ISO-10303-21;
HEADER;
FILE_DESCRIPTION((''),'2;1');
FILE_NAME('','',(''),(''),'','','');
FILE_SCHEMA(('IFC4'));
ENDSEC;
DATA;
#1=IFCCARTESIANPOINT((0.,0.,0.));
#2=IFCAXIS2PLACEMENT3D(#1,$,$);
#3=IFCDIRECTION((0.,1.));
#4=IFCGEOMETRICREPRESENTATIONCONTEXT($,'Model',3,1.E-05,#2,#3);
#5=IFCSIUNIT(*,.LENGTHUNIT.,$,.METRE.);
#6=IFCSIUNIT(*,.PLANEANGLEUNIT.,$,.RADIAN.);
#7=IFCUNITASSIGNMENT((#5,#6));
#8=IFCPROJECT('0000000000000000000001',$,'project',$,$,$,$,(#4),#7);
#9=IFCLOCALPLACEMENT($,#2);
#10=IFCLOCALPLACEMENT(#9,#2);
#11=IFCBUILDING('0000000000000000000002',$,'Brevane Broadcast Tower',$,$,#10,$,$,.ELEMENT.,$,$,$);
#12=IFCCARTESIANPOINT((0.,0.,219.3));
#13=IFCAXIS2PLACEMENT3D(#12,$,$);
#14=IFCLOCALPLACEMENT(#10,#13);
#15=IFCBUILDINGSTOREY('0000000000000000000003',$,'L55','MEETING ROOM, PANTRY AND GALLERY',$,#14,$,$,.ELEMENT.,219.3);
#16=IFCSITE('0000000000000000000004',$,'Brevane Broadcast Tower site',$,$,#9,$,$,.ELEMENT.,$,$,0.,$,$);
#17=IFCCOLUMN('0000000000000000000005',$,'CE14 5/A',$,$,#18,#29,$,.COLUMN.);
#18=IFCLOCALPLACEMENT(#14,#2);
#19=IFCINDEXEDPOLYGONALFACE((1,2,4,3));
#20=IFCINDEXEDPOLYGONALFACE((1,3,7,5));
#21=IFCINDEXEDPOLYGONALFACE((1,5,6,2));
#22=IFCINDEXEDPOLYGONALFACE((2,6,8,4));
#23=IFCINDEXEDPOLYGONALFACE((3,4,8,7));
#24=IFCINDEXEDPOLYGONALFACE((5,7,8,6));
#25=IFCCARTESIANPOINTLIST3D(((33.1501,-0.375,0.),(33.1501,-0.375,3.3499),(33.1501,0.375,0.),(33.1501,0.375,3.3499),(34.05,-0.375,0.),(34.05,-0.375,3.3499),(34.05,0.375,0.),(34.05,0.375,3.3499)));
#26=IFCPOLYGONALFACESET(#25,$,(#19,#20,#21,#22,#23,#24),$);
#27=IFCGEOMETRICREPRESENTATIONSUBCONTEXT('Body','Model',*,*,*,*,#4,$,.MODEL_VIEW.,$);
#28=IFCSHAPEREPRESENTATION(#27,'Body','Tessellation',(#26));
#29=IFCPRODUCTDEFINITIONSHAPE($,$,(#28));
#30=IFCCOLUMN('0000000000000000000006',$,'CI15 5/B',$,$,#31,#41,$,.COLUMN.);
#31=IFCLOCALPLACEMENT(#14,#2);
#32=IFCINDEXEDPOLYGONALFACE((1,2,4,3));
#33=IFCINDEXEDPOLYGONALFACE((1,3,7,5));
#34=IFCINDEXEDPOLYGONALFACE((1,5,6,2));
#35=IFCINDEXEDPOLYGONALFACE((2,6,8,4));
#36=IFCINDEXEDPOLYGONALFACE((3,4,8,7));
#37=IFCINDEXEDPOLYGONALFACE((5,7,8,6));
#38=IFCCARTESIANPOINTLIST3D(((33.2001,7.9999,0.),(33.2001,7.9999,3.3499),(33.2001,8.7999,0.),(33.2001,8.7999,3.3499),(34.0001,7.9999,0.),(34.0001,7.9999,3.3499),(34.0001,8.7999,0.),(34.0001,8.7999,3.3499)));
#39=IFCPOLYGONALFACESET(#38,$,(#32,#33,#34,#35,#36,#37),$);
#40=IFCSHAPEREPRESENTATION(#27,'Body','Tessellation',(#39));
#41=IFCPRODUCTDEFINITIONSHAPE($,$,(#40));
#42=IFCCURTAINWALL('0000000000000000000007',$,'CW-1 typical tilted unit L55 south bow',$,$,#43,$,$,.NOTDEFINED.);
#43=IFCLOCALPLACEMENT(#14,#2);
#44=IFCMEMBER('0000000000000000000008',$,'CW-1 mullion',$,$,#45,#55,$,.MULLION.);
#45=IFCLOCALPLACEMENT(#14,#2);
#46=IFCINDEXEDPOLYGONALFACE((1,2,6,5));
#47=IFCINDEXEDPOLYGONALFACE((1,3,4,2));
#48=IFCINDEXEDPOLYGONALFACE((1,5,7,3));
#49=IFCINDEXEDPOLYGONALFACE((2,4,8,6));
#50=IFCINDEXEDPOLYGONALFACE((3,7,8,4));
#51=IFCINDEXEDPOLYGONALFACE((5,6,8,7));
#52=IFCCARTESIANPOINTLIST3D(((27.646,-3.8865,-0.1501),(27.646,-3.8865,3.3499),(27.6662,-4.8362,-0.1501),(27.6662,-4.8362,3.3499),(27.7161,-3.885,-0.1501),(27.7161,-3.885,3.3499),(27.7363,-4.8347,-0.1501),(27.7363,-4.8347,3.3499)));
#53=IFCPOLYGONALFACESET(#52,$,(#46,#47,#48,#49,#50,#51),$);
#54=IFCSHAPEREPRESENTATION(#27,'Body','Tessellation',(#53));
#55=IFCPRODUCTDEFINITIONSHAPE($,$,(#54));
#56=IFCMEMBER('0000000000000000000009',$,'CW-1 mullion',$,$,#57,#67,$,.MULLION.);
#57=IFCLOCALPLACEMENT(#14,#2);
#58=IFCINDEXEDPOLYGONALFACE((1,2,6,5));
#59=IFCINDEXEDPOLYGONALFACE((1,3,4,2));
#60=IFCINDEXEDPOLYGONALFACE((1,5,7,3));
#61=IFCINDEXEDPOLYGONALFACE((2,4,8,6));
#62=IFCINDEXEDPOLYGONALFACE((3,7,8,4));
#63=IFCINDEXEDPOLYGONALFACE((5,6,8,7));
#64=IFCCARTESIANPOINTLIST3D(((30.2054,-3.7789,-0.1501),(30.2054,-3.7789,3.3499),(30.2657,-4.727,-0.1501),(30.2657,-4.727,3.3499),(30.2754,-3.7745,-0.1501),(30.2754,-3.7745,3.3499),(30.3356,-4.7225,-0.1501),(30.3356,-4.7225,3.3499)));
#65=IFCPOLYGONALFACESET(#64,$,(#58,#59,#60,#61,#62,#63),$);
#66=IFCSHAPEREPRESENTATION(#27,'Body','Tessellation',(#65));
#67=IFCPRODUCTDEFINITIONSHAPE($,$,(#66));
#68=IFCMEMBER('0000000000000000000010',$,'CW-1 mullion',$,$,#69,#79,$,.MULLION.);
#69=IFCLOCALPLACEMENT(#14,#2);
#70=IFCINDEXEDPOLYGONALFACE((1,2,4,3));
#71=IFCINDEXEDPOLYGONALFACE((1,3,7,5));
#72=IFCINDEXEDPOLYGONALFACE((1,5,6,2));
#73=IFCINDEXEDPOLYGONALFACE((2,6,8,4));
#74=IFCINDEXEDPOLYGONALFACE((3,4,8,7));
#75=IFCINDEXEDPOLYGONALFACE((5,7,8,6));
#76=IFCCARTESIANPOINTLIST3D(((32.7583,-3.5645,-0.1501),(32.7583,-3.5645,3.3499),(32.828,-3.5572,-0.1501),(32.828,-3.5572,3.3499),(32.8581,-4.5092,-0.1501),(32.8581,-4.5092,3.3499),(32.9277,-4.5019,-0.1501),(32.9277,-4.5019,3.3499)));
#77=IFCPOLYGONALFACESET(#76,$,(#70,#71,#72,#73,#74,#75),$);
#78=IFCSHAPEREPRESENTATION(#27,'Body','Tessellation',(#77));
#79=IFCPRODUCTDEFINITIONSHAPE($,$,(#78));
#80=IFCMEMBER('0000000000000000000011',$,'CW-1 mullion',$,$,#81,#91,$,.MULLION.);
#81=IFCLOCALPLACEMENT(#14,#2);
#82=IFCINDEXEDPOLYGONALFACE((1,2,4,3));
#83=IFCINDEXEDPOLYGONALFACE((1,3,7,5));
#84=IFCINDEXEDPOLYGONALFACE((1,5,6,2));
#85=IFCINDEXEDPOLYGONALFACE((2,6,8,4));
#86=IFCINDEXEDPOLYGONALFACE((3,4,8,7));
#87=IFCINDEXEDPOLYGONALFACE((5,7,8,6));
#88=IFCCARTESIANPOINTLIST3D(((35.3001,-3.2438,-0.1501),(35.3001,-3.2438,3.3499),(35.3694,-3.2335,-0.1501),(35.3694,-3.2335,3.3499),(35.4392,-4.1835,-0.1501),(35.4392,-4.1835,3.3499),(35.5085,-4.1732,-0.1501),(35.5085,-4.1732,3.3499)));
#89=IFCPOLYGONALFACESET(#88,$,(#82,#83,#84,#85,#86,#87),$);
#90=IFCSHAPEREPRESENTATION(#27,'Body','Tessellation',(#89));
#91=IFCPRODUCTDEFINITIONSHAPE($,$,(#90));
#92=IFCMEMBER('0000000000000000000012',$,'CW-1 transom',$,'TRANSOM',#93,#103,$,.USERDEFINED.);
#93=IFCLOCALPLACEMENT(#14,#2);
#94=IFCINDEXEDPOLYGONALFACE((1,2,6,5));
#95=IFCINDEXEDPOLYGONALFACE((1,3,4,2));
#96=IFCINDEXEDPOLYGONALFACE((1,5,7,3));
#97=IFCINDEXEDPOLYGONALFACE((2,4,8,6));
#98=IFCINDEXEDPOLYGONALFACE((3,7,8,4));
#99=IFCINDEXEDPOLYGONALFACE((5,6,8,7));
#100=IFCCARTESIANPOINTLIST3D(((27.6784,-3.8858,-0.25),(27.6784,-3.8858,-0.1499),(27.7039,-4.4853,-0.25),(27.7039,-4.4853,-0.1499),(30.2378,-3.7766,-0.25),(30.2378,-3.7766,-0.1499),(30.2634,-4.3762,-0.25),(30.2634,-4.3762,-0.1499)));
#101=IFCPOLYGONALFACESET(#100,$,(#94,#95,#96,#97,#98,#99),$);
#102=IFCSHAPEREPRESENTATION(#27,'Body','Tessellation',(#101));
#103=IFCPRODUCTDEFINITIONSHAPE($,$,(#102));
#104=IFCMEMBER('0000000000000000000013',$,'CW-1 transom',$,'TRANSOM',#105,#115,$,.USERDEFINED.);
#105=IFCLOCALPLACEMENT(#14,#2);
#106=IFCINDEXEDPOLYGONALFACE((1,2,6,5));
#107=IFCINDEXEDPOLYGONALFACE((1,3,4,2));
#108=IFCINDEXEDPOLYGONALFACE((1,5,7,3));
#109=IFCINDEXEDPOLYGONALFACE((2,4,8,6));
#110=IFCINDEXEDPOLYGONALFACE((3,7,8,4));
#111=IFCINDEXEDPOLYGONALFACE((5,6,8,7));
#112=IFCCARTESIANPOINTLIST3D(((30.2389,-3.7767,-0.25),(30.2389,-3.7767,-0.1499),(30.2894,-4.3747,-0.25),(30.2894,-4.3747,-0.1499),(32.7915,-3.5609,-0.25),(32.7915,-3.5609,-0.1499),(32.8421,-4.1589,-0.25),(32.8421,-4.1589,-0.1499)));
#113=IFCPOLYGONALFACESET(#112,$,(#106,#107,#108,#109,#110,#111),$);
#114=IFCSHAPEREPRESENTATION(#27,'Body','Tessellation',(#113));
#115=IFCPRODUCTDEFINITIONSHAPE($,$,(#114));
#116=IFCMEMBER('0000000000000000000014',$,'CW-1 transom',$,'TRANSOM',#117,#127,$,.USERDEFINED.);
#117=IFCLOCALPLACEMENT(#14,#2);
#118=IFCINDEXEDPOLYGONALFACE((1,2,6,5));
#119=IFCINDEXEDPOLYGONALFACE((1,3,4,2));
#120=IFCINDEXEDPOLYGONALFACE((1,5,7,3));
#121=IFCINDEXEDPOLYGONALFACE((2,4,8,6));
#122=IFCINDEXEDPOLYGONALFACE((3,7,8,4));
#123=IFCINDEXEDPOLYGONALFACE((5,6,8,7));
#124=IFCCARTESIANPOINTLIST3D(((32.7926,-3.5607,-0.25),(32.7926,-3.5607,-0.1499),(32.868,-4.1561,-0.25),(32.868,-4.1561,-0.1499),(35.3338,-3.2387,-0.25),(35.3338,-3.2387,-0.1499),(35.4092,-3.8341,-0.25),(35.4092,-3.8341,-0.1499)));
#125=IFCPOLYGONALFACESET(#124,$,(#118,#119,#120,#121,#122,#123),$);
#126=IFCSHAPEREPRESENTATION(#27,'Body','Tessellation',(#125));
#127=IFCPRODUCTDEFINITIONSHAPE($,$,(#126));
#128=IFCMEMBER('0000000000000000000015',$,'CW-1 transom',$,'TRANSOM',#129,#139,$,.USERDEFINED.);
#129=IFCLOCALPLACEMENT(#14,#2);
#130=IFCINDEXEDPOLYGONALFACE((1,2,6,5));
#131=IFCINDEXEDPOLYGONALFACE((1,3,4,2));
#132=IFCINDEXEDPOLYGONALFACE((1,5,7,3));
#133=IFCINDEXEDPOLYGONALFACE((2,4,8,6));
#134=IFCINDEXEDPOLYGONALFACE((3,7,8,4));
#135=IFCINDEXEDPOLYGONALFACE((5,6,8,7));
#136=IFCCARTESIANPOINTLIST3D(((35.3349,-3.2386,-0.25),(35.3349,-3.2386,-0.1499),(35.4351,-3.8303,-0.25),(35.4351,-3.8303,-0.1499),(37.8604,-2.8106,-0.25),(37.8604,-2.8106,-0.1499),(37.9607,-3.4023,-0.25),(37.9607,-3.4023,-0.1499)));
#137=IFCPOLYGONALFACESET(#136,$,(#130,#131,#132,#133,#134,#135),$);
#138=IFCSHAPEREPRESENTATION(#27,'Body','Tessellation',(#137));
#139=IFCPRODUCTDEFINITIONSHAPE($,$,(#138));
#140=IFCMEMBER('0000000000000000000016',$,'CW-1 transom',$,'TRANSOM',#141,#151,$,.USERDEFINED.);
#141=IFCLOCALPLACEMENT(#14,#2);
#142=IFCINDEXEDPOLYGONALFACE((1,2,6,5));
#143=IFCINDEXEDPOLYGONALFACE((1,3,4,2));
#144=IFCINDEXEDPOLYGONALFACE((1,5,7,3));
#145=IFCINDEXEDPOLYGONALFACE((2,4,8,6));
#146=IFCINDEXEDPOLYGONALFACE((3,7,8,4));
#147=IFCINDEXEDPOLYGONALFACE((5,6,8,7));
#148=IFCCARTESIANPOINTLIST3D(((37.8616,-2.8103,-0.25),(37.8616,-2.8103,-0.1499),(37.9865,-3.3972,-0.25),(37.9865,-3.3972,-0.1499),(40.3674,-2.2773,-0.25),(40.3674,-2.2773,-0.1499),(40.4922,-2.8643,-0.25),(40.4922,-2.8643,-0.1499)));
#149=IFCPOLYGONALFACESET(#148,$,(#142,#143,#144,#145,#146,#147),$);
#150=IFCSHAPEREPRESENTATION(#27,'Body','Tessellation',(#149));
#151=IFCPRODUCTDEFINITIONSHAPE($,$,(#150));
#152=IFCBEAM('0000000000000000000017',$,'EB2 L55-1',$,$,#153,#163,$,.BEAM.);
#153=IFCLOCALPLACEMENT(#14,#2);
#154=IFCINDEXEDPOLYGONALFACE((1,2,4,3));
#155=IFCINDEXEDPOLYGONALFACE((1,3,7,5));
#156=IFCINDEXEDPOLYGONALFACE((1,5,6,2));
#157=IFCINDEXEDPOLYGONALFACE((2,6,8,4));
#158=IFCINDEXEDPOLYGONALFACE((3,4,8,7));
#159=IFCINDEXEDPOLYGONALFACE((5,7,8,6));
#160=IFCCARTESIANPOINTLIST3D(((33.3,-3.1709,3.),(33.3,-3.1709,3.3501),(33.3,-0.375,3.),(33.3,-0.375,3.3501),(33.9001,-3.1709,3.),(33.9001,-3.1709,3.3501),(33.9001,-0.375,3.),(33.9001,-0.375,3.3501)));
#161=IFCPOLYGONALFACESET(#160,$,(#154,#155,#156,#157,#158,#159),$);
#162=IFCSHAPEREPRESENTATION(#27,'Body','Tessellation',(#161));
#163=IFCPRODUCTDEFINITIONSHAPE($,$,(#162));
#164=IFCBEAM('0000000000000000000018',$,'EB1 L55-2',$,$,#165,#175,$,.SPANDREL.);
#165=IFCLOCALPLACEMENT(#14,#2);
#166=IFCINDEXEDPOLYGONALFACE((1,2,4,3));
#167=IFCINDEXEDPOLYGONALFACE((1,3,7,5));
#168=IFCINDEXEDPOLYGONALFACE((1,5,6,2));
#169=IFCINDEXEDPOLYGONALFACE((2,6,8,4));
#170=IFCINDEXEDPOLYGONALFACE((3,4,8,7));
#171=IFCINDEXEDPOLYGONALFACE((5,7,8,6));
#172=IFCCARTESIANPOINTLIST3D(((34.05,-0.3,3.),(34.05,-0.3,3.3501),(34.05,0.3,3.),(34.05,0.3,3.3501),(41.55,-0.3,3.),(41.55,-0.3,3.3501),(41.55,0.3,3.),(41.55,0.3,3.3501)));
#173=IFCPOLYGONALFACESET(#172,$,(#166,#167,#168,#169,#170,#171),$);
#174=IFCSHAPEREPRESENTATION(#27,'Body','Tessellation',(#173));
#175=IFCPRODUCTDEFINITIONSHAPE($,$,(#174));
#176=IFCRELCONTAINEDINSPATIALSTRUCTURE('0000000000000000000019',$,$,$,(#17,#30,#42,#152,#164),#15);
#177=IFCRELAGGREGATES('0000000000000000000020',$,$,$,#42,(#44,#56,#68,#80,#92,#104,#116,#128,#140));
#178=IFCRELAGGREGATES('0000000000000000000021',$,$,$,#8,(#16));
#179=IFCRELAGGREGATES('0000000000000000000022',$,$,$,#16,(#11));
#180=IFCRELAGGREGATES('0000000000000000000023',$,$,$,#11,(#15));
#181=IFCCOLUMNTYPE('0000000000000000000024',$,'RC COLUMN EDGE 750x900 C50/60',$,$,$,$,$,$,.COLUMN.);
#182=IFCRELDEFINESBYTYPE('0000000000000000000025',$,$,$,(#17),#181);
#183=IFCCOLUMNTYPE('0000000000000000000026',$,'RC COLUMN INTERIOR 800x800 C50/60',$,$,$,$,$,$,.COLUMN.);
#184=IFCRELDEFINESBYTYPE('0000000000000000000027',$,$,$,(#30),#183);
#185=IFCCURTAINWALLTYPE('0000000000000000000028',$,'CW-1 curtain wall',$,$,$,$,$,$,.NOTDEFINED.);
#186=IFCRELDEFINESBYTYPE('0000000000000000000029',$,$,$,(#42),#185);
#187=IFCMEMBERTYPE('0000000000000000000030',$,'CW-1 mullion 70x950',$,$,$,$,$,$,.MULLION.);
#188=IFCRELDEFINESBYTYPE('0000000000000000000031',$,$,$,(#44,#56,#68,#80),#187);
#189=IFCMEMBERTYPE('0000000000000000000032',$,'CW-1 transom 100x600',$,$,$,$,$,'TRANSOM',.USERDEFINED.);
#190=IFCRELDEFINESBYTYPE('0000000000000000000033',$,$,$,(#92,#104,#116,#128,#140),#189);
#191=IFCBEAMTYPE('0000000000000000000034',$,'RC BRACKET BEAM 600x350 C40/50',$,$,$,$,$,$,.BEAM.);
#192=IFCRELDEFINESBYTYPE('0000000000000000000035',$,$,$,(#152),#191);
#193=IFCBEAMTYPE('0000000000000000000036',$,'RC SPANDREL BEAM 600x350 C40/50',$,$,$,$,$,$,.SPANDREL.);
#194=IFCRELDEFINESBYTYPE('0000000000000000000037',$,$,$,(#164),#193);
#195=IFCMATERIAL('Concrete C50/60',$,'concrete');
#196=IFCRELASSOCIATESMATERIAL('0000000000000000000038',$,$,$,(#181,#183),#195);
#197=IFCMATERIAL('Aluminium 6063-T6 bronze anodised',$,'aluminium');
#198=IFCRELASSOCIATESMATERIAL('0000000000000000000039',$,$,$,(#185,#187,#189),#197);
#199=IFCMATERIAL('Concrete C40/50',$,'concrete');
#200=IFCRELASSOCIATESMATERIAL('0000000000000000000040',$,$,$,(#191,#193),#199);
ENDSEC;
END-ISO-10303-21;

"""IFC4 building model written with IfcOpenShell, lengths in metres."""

from ifc_helpers import new_model, si_unit, direction, frame, origin, origin_2d, place, context, subcontext, project, spatial, rectangle, extrude, material, material_profile, profile_set, type_object, element, aggregate, save


model = new_model("IFC4")

# Units and contexts
model_context = context("Model", 3, precision=1e-05, world=origin(), true_north=direction((0.0, 1.0)))
body_context = subcontext(model_context, "Body", "Model", "MODEL_VIEW")
ifc_project = project(units=[si_unit("LENGTHUNIT", "METRE"), si_unit("PLANEANGLEUNIT", "RADIAN")], contexts=[model_context])

# Site, building, storey
site_placement = place(None, origin())
site = spatial("IfcSite", under=ifc_project, at=site_placement, Name="Brevane Broadcast Tower site", CompositionType="ELEMENT", RefElevation=0.0)
building_placement = place(site_placement, origin())
building = spatial("IfcBuilding", under=site, at=building_placement, Name="Brevane Broadcast Tower", CompositionType="ELEMENT")
storey_placement = place(building_placement, frame((0.0, 0.0, 219.3)))
storey = spatial("IfcBuildingStorey", under=building, at=storey_placement, Name="L55", Description="MEETING ROOM, PANTRY AND GALLERY", CompositionType="ELEMENT", Elevation=219.3)

# Columns
ifc_material_1 = material(Name="Concrete C50/60", Category="concrete")
ifc_material_profile_1 = material_profile(ifc_material_1, rectangle(XDim=0.75, YDim=0.8999, at=origin_2d()), Name="RC 750x900")
ifc_profile_set_1 = profile_set([ifc_material_profile_1], Name="Concrete C50/60")
column_type_1 = type_object("IfcColumnType", Name="RC COLUMN EDGE 750x900 C50/60", PredefinedType="COLUMN", material=ifc_profile_set_1)
column_1_placement = place(storey_placement, frame((33.6001, 0.0, 0.0), z_axis=(0.0, 0.0, 1.0), x_axis=(0.0, 1.0, 0.0)))
element("IfcColumn", 1, at=column_1_placement, inside=storey, type_object=column_type_1, Name="CE14 5/A", PredefinedType="COLUMN", context=body_context, shape_type="SweptSolid", body=[
    extrude(rectangle(XDim=0.75, YDim=0.8999, at=origin_2d()), origin(), (0.0, 0.0, 1.0), 3.3499),
])
ifc_material_profile_2 = material_profile(ifc_material_1, rectangle(XDim=0.8, YDim=0.8, at=origin_2d()), Name="RC 800x800")
ifc_profile_set_2 = profile_set([ifc_material_profile_2], Name="Concrete C50/60")
column_type_2 = type_object("IfcColumnType", Name="RC COLUMN INTERIOR 800x800 C50/60", PredefinedType="COLUMN", material=ifc_profile_set_2)
column_2_placement = place(storey_placement, frame((33.6001, 8.3999, 0.0), z_axis=(0.0, 0.0, 1.0), x_axis=(1.0, 0.0, 0.0)))
element("IfcColumn", 2, at=column_2_placement, inside=storey, type_object=column_type_2, Name="CI15 5/B", PredefinedType="COLUMN", context=body_context, shape_type="SweptSolid", body=[
    extrude(rectangle(XDim=0.8, YDim=0.8, at=origin_2d()), origin(), (0.0, 0.0, 1.0), 3.3499),
])

# Curtain wall, members
ifc_material_2 = material(Name="Aluminium 6063-T6 bronze anodised", Category="aluminium")
curtain_wall_type = type_object("IfcCurtainWallType", Name="CW-1 curtain wall", PredefinedType="NOTDEFINED", material=ifc_material_2)
curtain_wall_placement = place(storey_placement, origin())
curtain_wall = element("IfcCurtainWall", 3, at=curtain_wall_placement, inside=storey, type_object=curtain_wall_type, Name="CW-1 typical tilted unit L55 south bow", PredefinedType="NOTDEFINED")
ifc_material_profile_3 = material_profile(ifc_material_2, rectangle(XDim=0.95, YDim=0.0701, at=origin_2d()), Name="RECT 70x950")
ifc_profile_set_3 = profile_set([ifc_material_profile_3], Name="Aluminium 6063-T6 bronze anodised")
member_type_1 = type_object("IfcMemberType", Name="CW-1 mullion 70x950", PredefinedType="MULLION", material=ifc_profile_set_3)
member_1_placement = place(storey_placement, frame((27.6912, -4.3606, -0.1501), z_axis=(0.0, 0.0, 1.0), x_axis=(-0.021282, 0.999774, 0.0)))
member_1 = element("IfcMember", 4, at=member_1_placement, type_object=member_type_1, Name="CW-1 mullion", PredefinedType="MULLION", context=body_context, shape_type="SweptSolid", body=[
    extrude(rectangle(XDim=0.95, YDim=0.0701, at=origin_2d()), origin(), (0.0, 0.0, 1.0), 3.5),
])
member_2_placement = place(storey_placement, frame((30.2705, -4.2507, -0.1501), z_axis=(0.0, 0.0, 1.0), x_axis=(-0.063406, 0.997988, 0.0)))
member_2 = element("IfcMember", 5, at=member_2_placement, type_object=member_type_1, Name="CW-1 mullion", PredefinedType="MULLION", context=body_context, shape_type="SweptSolid", body=[
    extrude(rectangle(XDim=0.95, YDim=0.0701, at=origin_2d()), origin(), (0.0, 0.0, 1.0), 3.5),
])
member_3_placement = place(storey_placement, frame((32.843, -4.0332, -0.1501), z_axis=(0.0, 0.0, 1.0), x_axis=(-0.105018, 0.99447, 0.0)))
member_3 = element("IfcMember", 6, at=member_3_placement, type_object=member_type_1, Name="CW-1 mullion", PredefinedType="MULLION", context=body_context, shape_type="SweptSolid", body=[
    extrude(rectangle(XDim=0.95, YDim=0.0701, at=origin_2d()), origin(), (0.0, 0.0, 1.0), 3.5),
])
member_4_placement = place(storey_placement, frame((35.4043, -3.7085, -0.1501), z_axis=(0.0, 0.0, 1.0), x_axis=(-0.146447, 0.989218, 0.0)))
member_4 = element("IfcMember", 7, at=member_4_placement, type_object=member_type_1, Name="CW-1 mullion", PredefinedType="MULLION", context=body_context, shape_type="SweptSolid", body=[
    extrude(rectangle(XDim=0.95, YDim=0.0701, at=origin_2d()), origin(), (0.0, 0.0, 1.0), 3.5),
])
ifc_material_profile_4 = material_profile(ifc_material_2, rectangle(XDim=0.6001, YDim=0.1001, at=origin_2d()), Name="RECT 100x600")
ifc_profile_set_4 = profile_set([ifc_material_profile_4], Name="Aluminium 6063-T6 bronze anodised")
member_type_2 = type_object("IfcMemberType", Name="CW-1 transom 100x600", ElementType="TRANSOM", PredefinedType="USERDEFINED", material=ifc_profile_set_4)
member_5_placement = place(storey_placement, frame((27.6912, -4.1855, -0.2), z_axis=(0.999092, 0.042602, 0.0), x_axis=(-0.042602, 0.999092, 0.0)))
member_5 = element("IfcMember", 8, at=member_5_placement, type_object=member_type_2, Name="CW-1 transom", ObjectType="TRANSOM", PredefinedType="USERDEFINED", context=body_context, shape_type="SweptSolid", body=[
    extrude(rectangle(XDim=0.6001, YDim=0.1001, at=origin_2d()), origin(), (0.0, 0.0, 1.0), 2.5618),
])
member_6_placement = place(storey_placement, frame((30.2642, -4.0757, -0.2), z_axis=(0.996445, 0.084244, 0.0), x_axis=(-0.084244, 0.996445, 0.0)))
member_6 = element("IfcMember", 9, at=member_6_placement, type_object=member_type_2, Name="CW-1 transom", ObjectType="TRANSOM", PredefinedType="USERDEFINED", context=body_context, shape_type="SweptSolid", body=[
    extrude(rectangle(XDim=0.6001, YDim=0.1001, at=origin_2d()), origin(), (0.0, 0.0, 1.0), 2.5618),
])
member_7_placement = place(storey_placement, frame((32.8303, -3.8584, -0.2), z_axis=(0.992067, 0.125712, 0.0), x_axis=(-0.125712, 0.992067, 0.0)))
member_7 = element("IfcMember", 10, at=member_7_placement, type_object=member_type_2, Name="CW-1 transom", ObjectType="TRANSOM", PredefinedType="USERDEFINED", context=body_context, shape_type="SweptSolid", body=[
    extrude(rectangle(XDim=0.6001, YDim=0.1001, at=origin_2d()), origin(), (0.0, 0.0, 1.0), 2.5615),
])
member_8_placement = place(storey_placement, frame((35.385, -3.5344, -0.2), z_axis=(0.985945, 0.167072, 0.0), x_axis=(-0.167072, 0.985945, 0.0)))
member_8 = element("IfcMember", 11, at=member_8_placement, type_object=member_type_2, Name="CW-1 transom", ObjectType="TRANSOM", PredefinedType="USERDEFINED", context=body_context, shape_type="SweptSolid", body=[
    extrude(rectangle(XDim=0.6001, YDim=0.1001, at=origin_2d()), origin(), (0.0, 0.0, 1.0), 2.5615),
])
member_9_placement = place(storey_placement, frame((37.9241, -3.1038, -0.2), z_axis=(0.978118, 0.208051, 0.0), x_axis=(-0.208051, 0.978118, 0.0)))
member_9 = element("IfcMember", 12, at=member_9_placement, type_object=member_type_2, Name="CW-1 transom", ObjectType="TRANSOM", PredefinedType="USERDEFINED", context=body_context, shape_type="SweptSolid", body=[
    extrude(rectangle(XDim=0.6001, YDim=0.1001, at=origin_2d()), origin(), (0.0, 0.0, 1.0), 2.5618),
])
aggregate(curtain_wall, [member_1, member_2, member_3, member_4, member_5, member_6, member_7, member_8, member_9])

# Beams
ifc_material_3 = material(Name="Concrete C40/50", Category="concrete")
ifc_material_profile_5 = material_profile(ifc_material_3, rectangle(XDim=0.6001, YDim=0.3501, at=origin_2d()), Name="RC 600x350")
ifc_profile_set_5 = profile_set([ifc_material_profile_5], Name="Concrete C40/50")
beam_type_1 = type_object("IfcBeamType", Name="RC BRACKET BEAM 600x350 C40/50", PredefinedType="BEAM", material=ifc_profile_set_5)
beam_1_placement = place(storey_placement, frame((33.6001, -0.375, 3.175), z_axis=(0.0, -1.0, 0.0), x_axis=(1.0, 0.0, 0.0)))
element("IfcBeam", 13, at=beam_1_placement, inside=storey, type_object=beam_type_1, Name="EB2 L55-1", PredefinedType="BEAM", context=body_context, shape_type="SweptSolid", body=[
    extrude(rectangle(XDim=0.6001, YDim=0.3501, at=origin_2d()), origin(), (0.0, 0.0, 1.0), 2.7959),
])
ifc_material_profile_6 = material_profile(ifc_material_3, rectangle(XDim=0.6001, YDim=0.3501, at=origin_2d()), Name="RC 600x350")
ifc_profile_set_6 = profile_set([ifc_material_profile_6], Name="Concrete C40/50")
beam_type_2 = type_object("IfcBeamType", Name="RC SPANDREL BEAM 600x350 C40/50", PredefinedType="SPANDREL", material=ifc_profile_set_6)
beam_2_placement = place(storey_placement, frame((34.05, 0.0, 3.175), z_axis=(1.0, 0.0, 0.0), x_axis=(0.0, 1.0, 0.0)))
element("IfcBeam", 14, at=beam_2_placement, inside=storey, type_object=beam_type_2, Name="EB1 L55-2", PredefinedType="SPANDREL", context=body_context, shape_type="SweptSolid", body=[
    extrude(rectangle(XDim=0.6001, YDim=0.3501, at=origin_2d()), origin(), (0.0, 0.0, 1.0), 7.5),
])

save(model, "model.ifc")
